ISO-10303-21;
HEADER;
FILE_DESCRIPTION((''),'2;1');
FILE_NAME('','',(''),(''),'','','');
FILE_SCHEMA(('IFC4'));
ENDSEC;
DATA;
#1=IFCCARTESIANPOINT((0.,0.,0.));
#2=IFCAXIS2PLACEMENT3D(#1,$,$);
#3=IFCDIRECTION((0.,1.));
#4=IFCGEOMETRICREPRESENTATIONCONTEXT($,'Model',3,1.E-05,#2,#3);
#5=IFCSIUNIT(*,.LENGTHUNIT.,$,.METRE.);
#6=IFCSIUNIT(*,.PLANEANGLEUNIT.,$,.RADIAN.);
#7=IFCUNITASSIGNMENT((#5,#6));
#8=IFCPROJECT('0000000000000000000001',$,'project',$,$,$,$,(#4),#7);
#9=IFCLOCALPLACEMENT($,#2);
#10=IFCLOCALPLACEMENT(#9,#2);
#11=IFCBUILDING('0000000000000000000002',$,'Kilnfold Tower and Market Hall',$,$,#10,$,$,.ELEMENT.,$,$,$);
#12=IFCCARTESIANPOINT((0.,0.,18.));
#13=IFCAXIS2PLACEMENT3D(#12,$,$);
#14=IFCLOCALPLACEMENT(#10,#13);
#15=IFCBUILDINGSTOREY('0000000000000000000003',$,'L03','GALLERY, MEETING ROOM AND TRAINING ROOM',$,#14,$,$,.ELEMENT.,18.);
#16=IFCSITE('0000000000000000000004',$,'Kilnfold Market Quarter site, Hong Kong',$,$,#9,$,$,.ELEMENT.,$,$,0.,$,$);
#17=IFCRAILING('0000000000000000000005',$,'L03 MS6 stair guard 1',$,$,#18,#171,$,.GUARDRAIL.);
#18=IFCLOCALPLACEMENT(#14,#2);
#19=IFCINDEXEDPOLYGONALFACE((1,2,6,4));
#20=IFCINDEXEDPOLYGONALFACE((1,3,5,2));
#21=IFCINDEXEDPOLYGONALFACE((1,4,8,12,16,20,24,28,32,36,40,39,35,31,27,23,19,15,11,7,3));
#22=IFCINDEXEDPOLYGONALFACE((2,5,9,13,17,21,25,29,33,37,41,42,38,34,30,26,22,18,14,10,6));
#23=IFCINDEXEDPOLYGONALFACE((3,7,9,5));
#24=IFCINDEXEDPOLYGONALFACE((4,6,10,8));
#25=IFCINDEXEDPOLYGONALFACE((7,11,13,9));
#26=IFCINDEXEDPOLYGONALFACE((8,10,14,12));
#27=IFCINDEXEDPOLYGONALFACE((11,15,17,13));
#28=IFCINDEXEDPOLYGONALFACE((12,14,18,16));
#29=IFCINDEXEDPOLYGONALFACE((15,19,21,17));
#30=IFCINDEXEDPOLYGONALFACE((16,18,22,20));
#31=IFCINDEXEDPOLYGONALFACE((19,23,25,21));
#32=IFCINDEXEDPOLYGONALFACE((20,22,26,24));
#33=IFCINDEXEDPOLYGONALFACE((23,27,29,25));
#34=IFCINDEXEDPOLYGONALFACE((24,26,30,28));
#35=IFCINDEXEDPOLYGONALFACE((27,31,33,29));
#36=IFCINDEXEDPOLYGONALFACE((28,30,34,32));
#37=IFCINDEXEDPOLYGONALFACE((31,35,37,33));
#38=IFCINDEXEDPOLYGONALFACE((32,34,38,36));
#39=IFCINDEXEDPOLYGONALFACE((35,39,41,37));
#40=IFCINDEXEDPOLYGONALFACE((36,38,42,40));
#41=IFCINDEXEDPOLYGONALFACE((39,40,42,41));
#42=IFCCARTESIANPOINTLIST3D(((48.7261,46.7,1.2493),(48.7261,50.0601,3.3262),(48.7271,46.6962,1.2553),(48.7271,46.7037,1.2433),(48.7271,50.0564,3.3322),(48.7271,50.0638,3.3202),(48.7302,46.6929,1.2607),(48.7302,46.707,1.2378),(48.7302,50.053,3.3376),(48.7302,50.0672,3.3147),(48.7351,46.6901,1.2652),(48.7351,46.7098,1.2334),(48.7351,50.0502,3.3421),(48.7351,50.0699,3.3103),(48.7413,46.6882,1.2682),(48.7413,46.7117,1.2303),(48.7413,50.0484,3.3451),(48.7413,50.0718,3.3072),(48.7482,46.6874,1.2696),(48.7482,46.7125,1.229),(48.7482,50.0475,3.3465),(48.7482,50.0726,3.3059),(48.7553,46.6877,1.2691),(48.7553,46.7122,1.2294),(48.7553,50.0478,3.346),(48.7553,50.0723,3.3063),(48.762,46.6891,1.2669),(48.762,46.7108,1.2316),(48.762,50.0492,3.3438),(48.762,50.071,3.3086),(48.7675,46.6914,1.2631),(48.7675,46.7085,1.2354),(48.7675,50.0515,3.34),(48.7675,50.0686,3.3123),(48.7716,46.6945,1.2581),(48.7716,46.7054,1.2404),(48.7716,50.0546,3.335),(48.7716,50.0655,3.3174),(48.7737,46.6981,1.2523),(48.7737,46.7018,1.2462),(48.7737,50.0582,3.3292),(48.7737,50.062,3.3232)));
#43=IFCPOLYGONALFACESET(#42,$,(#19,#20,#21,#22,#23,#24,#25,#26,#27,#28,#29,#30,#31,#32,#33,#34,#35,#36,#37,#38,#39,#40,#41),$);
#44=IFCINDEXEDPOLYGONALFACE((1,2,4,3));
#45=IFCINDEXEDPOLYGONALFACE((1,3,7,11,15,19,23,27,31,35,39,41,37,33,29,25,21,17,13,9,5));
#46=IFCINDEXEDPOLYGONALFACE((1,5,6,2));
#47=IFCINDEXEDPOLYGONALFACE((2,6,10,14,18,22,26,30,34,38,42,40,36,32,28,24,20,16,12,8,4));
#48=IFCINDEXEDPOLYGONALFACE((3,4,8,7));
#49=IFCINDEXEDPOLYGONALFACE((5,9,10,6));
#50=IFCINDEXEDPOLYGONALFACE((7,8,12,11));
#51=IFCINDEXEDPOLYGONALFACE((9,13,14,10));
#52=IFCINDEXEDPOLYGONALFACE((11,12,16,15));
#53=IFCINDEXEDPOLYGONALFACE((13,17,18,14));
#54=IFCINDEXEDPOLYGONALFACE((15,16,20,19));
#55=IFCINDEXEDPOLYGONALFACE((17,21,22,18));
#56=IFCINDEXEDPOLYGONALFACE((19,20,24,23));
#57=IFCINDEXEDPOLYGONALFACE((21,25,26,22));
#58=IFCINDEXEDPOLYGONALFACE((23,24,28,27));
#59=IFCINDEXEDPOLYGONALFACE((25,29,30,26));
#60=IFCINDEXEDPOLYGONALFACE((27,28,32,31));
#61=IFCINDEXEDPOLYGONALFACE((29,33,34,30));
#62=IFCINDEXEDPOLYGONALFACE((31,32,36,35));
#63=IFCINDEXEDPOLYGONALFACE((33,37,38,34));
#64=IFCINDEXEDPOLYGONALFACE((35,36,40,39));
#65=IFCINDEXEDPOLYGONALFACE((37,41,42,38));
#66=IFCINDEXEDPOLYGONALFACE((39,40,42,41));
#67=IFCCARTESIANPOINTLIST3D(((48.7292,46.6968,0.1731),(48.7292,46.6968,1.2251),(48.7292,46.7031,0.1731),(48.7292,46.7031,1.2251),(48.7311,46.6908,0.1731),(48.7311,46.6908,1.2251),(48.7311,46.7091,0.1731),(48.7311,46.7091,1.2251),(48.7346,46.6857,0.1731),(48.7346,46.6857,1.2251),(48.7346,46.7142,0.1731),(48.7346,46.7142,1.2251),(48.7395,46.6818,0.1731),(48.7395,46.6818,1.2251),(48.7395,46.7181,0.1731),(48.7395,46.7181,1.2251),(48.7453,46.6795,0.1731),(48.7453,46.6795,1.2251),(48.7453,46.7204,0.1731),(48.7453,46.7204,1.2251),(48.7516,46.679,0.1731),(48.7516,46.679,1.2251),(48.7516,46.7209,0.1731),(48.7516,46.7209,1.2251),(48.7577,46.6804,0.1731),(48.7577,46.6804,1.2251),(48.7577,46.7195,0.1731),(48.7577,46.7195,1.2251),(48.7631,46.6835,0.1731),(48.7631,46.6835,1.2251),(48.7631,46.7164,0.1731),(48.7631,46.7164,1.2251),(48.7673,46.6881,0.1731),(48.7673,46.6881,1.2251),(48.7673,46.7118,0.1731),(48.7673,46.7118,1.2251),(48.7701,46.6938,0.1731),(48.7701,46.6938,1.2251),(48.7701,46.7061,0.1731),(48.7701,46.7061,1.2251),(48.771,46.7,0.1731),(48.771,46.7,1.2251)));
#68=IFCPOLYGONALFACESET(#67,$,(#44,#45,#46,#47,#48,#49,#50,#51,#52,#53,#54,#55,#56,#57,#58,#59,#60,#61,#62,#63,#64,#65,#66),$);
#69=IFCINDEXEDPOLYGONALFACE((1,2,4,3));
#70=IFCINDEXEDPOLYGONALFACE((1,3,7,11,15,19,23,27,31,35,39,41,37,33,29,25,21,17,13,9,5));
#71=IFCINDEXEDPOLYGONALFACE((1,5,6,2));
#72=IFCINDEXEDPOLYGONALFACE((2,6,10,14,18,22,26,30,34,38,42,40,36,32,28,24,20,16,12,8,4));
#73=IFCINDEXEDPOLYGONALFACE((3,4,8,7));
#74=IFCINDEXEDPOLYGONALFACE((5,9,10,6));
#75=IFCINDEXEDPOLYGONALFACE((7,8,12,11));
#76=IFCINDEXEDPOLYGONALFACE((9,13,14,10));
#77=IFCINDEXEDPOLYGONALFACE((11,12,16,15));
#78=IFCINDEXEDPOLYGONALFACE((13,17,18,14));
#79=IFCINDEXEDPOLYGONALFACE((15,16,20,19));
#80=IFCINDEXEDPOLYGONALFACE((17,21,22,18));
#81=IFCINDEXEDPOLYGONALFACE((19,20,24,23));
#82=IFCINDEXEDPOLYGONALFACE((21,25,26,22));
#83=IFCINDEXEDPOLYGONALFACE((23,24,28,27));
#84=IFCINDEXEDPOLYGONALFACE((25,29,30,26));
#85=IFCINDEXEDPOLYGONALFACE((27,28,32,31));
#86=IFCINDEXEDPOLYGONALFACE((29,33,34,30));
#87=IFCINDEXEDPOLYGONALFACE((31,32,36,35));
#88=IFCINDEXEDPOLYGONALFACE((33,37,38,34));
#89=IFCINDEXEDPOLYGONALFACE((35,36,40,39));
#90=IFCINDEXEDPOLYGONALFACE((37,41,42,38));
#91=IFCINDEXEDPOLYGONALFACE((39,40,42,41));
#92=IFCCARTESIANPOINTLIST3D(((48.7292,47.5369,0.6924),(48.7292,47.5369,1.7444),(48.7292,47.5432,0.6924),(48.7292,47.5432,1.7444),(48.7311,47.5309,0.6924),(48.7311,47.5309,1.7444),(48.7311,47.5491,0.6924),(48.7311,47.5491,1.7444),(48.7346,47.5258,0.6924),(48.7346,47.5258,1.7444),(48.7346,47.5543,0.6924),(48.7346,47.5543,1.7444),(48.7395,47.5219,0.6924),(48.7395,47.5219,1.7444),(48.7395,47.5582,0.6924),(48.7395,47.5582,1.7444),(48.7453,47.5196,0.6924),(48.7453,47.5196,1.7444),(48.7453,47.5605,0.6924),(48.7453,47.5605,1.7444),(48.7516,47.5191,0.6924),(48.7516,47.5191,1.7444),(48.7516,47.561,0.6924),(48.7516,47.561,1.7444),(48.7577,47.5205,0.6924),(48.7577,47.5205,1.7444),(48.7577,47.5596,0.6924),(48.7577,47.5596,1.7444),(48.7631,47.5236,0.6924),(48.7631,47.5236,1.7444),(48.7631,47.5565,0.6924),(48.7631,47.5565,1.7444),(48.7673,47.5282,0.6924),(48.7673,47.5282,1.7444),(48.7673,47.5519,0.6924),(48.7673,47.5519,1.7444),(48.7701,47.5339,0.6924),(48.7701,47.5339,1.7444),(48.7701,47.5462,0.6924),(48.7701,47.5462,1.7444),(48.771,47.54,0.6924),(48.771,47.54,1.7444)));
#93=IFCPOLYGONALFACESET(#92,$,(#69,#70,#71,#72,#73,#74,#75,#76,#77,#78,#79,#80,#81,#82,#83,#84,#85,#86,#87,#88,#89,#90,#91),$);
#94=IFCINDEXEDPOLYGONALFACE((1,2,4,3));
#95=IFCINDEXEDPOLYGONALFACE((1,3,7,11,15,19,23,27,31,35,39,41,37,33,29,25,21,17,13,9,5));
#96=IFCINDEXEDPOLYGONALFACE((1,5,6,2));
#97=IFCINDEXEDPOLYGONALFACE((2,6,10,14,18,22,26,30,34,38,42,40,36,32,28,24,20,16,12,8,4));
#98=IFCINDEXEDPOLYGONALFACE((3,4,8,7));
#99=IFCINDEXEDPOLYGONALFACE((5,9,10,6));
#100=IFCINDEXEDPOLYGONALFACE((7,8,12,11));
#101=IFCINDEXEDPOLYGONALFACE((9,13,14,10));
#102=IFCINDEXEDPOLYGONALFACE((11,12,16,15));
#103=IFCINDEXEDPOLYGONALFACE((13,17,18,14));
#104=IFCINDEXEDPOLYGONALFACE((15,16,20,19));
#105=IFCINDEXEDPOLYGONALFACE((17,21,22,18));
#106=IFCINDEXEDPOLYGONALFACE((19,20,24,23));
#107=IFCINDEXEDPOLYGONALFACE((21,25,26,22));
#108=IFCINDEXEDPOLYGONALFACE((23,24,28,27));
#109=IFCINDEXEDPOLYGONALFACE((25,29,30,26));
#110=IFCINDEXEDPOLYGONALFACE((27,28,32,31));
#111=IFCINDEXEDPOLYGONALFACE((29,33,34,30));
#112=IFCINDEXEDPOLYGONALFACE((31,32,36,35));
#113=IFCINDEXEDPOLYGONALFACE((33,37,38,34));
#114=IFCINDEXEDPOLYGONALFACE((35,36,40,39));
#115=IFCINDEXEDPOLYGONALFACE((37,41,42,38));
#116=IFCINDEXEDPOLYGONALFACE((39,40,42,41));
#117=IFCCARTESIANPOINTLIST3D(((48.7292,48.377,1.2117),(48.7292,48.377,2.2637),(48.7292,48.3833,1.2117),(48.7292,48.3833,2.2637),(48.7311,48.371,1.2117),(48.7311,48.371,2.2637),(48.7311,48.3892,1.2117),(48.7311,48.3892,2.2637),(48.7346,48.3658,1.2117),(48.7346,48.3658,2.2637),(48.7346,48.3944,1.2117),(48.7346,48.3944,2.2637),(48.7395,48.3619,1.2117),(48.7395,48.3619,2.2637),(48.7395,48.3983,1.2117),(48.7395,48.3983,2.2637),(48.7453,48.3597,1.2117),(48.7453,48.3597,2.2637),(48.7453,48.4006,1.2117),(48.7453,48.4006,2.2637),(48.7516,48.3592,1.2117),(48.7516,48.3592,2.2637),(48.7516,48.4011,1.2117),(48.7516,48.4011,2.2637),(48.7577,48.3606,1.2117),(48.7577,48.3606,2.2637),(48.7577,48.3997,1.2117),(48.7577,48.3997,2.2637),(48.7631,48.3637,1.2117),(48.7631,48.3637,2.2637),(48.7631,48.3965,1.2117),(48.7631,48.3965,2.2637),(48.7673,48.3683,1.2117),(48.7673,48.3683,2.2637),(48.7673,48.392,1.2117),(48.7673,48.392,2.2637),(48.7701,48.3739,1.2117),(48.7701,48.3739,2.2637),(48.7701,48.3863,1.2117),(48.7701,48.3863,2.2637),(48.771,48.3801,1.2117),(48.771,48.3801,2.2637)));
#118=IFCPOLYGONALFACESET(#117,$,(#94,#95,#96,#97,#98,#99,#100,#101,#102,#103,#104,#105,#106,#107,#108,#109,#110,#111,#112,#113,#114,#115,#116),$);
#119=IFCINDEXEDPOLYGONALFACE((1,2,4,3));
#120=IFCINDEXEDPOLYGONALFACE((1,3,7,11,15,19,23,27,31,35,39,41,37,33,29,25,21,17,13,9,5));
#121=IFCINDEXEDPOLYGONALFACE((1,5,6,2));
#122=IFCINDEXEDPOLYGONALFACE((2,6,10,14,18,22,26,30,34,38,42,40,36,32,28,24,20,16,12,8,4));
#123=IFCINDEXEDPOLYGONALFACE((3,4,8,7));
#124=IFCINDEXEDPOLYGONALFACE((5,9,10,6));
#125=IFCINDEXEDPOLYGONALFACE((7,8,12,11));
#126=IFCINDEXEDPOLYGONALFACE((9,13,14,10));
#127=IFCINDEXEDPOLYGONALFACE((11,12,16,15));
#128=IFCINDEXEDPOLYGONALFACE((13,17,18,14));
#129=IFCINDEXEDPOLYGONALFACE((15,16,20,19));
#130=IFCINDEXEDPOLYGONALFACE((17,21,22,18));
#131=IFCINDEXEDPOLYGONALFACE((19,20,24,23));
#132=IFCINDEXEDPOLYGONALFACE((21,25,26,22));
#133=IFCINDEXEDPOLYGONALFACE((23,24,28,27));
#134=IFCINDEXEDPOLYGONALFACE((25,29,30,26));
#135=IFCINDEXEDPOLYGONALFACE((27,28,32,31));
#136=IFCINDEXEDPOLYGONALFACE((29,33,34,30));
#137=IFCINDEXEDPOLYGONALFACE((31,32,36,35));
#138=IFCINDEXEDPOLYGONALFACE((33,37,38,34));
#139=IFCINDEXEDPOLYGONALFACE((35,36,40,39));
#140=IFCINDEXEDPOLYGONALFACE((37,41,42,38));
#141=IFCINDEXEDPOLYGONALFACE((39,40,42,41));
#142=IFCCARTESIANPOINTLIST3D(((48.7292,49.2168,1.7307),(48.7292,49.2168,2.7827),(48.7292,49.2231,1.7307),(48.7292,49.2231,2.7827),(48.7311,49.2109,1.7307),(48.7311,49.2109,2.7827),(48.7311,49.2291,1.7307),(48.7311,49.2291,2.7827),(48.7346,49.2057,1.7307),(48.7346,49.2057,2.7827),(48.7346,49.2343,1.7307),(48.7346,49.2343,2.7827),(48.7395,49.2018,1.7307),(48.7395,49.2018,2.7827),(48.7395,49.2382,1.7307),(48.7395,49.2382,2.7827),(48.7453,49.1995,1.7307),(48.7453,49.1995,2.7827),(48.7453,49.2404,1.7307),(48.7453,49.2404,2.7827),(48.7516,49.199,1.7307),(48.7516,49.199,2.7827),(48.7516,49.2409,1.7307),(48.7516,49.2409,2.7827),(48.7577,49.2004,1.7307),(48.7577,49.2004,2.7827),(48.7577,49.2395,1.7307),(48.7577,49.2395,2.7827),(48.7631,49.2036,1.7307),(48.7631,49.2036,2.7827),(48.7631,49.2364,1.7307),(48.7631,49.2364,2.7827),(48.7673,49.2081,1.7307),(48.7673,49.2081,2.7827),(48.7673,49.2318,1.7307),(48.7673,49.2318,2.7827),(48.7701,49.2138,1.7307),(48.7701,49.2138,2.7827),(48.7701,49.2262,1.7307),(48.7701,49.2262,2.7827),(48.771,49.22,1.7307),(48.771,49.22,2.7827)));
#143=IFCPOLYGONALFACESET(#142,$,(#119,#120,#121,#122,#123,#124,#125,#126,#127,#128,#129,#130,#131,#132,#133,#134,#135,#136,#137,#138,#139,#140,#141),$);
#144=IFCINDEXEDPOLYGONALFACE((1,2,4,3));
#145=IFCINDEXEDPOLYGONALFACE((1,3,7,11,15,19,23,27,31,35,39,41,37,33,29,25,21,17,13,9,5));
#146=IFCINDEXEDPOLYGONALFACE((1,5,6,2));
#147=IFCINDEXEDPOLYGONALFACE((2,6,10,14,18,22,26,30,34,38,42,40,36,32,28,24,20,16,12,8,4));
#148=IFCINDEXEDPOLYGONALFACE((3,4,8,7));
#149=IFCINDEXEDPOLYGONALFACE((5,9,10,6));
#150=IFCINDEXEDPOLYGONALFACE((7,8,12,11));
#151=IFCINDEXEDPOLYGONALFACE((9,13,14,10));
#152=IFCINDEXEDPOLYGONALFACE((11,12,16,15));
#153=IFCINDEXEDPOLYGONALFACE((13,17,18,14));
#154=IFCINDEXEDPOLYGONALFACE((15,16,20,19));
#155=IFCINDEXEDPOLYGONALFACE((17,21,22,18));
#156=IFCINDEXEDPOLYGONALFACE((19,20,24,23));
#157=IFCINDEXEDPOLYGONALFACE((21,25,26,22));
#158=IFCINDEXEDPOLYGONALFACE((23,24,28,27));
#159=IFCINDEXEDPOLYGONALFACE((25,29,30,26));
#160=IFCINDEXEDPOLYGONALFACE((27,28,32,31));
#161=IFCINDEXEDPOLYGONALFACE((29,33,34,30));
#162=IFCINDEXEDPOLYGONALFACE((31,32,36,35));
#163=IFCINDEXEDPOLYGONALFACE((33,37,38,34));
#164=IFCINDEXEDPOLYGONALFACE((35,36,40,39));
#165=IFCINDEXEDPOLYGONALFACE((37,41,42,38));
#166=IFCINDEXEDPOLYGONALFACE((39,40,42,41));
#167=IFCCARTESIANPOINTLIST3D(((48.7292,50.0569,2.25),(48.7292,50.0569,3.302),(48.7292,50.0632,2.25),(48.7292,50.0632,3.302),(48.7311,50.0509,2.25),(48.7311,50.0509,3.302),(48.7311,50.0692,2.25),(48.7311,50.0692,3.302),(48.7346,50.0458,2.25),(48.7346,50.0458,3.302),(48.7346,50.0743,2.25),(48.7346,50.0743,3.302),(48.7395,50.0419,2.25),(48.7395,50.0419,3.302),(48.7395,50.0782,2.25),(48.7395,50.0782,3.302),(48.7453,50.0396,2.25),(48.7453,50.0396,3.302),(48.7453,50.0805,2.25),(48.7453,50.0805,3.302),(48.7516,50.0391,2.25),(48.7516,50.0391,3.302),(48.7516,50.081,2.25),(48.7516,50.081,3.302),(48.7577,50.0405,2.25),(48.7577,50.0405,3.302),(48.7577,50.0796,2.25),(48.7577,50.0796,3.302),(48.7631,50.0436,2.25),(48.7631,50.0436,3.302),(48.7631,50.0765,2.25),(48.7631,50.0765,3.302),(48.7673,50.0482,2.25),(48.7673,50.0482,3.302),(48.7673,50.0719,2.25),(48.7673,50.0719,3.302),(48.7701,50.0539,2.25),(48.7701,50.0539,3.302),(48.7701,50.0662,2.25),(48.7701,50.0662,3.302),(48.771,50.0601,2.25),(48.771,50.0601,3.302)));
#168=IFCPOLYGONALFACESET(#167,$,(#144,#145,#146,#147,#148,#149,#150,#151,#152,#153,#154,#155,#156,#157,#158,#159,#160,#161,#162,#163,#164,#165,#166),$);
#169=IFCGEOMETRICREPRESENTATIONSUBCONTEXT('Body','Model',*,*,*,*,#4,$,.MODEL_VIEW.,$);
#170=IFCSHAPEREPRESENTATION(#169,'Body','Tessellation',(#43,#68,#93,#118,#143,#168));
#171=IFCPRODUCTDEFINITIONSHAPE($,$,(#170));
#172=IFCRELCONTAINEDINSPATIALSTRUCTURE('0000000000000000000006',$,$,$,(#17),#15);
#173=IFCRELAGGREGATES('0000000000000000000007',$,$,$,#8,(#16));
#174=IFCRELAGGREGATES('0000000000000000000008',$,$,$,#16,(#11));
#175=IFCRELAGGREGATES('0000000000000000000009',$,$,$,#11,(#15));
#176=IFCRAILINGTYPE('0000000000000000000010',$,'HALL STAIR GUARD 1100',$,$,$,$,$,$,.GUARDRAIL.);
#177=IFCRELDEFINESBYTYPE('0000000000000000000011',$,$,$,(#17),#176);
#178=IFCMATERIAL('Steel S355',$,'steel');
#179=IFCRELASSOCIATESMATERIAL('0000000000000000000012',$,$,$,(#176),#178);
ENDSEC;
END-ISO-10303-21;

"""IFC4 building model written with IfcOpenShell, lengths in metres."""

from ifc_helpers import new_model, si_unit, direction, frame, origin, origin_2d, place, context, subcontext, project, spatial, circle, extrude, material, type_object, element, save


model = new_model("IFC4")

# Units and contexts
model_context = context("Model", 3, precision=1e-05, world=origin(), true_north=direction((0.0, 1.0)))
body_context = subcontext(model_context, "Body", "Model", "MODEL_VIEW")
ifc_project = project(units=[si_unit("LENGTHUNIT", "METRE"), si_unit("PLANEANGLEUNIT", "RADIAN")], contexts=[model_context])

# Site, building, storey
site_placement = place(None, origin())
site = spatial("IfcSite", under=ifc_project, at=site_placement, Name="Kilnfold Market Quarter site, Hong Kong", CompositionType="ELEMENT", RefElevation=0.0)
building_placement = place(site_placement, origin())
building = spatial("IfcBuilding", under=site, at=building_placement, Name="Kilnfold Tower and Market Hall", CompositionType="ELEMENT")
storey_placement = place(building_placement, frame((0.0, 0.0, 18.0)))
storey = spatial("IfcBuildingStorey", under=building, at=storey_placement, Name="L03", Description="GALLERY, MEETING ROOM AND TRAINING ROOM", CompositionType="ELEMENT", Elevation=18.0)

# Railing
ifc_material_1 = material(Name="Steel S355", Category="steel")
railing_type_1 = type_object("IfcRailingType", Name="HALL STAIR GUARD 1100", PredefinedType="GUARDRAIL", material=ifc_material_1)
railing_1_placement = place(storey_placement, frame((48.75, 46.7, 0.1731)))
element("IfcRailing", 1, at=railing_1_placement, inside=storey, type_object=railing_type_1, Name="L03 MS6 stair guard 1", PredefinedType="GUARDRAIL", context=body_context, shape_type="SweptSolid", body=[
    extrude(circle(Radius=0.0239, at=origin_2d()), frame((0.0, 0.0, 1.0762), z_axis=(0.0, 0.850623, 0.525776), x_axis=(-1.0, 0.0, 0.0)), (0.0, 0.0, 1.0), 3.9502),
    extrude(circle(Radius=0.021, at=origin_2d()), origin(), (0.0, 0.0, 1.0), 1.052),
    extrude(circle(Radius=0.021, at=origin_2d()), frame((0.0, 0.8401, 0.5193)), (0.0, 0.0, 1.0), 1.052),
    extrude(circle(Radius=0.021, at=origin_2d()), frame((0.0, 1.6802, 1.0386)), (0.0, 0.0, 1.0), 1.052),
    extrude(circle(Radius=0.021, at=origin_2d()), frame((0.0, 2.52, 1.5576)), (0.0, 0.0, 1.0), 1.052),
    extrude(circle(Radius=0.021, at=origin_2d()), frame((0.0, 3.3601, 2.0769)), (0.0, 0.0, 1.0), 1.052),
])

save(model, "model.ifc")
